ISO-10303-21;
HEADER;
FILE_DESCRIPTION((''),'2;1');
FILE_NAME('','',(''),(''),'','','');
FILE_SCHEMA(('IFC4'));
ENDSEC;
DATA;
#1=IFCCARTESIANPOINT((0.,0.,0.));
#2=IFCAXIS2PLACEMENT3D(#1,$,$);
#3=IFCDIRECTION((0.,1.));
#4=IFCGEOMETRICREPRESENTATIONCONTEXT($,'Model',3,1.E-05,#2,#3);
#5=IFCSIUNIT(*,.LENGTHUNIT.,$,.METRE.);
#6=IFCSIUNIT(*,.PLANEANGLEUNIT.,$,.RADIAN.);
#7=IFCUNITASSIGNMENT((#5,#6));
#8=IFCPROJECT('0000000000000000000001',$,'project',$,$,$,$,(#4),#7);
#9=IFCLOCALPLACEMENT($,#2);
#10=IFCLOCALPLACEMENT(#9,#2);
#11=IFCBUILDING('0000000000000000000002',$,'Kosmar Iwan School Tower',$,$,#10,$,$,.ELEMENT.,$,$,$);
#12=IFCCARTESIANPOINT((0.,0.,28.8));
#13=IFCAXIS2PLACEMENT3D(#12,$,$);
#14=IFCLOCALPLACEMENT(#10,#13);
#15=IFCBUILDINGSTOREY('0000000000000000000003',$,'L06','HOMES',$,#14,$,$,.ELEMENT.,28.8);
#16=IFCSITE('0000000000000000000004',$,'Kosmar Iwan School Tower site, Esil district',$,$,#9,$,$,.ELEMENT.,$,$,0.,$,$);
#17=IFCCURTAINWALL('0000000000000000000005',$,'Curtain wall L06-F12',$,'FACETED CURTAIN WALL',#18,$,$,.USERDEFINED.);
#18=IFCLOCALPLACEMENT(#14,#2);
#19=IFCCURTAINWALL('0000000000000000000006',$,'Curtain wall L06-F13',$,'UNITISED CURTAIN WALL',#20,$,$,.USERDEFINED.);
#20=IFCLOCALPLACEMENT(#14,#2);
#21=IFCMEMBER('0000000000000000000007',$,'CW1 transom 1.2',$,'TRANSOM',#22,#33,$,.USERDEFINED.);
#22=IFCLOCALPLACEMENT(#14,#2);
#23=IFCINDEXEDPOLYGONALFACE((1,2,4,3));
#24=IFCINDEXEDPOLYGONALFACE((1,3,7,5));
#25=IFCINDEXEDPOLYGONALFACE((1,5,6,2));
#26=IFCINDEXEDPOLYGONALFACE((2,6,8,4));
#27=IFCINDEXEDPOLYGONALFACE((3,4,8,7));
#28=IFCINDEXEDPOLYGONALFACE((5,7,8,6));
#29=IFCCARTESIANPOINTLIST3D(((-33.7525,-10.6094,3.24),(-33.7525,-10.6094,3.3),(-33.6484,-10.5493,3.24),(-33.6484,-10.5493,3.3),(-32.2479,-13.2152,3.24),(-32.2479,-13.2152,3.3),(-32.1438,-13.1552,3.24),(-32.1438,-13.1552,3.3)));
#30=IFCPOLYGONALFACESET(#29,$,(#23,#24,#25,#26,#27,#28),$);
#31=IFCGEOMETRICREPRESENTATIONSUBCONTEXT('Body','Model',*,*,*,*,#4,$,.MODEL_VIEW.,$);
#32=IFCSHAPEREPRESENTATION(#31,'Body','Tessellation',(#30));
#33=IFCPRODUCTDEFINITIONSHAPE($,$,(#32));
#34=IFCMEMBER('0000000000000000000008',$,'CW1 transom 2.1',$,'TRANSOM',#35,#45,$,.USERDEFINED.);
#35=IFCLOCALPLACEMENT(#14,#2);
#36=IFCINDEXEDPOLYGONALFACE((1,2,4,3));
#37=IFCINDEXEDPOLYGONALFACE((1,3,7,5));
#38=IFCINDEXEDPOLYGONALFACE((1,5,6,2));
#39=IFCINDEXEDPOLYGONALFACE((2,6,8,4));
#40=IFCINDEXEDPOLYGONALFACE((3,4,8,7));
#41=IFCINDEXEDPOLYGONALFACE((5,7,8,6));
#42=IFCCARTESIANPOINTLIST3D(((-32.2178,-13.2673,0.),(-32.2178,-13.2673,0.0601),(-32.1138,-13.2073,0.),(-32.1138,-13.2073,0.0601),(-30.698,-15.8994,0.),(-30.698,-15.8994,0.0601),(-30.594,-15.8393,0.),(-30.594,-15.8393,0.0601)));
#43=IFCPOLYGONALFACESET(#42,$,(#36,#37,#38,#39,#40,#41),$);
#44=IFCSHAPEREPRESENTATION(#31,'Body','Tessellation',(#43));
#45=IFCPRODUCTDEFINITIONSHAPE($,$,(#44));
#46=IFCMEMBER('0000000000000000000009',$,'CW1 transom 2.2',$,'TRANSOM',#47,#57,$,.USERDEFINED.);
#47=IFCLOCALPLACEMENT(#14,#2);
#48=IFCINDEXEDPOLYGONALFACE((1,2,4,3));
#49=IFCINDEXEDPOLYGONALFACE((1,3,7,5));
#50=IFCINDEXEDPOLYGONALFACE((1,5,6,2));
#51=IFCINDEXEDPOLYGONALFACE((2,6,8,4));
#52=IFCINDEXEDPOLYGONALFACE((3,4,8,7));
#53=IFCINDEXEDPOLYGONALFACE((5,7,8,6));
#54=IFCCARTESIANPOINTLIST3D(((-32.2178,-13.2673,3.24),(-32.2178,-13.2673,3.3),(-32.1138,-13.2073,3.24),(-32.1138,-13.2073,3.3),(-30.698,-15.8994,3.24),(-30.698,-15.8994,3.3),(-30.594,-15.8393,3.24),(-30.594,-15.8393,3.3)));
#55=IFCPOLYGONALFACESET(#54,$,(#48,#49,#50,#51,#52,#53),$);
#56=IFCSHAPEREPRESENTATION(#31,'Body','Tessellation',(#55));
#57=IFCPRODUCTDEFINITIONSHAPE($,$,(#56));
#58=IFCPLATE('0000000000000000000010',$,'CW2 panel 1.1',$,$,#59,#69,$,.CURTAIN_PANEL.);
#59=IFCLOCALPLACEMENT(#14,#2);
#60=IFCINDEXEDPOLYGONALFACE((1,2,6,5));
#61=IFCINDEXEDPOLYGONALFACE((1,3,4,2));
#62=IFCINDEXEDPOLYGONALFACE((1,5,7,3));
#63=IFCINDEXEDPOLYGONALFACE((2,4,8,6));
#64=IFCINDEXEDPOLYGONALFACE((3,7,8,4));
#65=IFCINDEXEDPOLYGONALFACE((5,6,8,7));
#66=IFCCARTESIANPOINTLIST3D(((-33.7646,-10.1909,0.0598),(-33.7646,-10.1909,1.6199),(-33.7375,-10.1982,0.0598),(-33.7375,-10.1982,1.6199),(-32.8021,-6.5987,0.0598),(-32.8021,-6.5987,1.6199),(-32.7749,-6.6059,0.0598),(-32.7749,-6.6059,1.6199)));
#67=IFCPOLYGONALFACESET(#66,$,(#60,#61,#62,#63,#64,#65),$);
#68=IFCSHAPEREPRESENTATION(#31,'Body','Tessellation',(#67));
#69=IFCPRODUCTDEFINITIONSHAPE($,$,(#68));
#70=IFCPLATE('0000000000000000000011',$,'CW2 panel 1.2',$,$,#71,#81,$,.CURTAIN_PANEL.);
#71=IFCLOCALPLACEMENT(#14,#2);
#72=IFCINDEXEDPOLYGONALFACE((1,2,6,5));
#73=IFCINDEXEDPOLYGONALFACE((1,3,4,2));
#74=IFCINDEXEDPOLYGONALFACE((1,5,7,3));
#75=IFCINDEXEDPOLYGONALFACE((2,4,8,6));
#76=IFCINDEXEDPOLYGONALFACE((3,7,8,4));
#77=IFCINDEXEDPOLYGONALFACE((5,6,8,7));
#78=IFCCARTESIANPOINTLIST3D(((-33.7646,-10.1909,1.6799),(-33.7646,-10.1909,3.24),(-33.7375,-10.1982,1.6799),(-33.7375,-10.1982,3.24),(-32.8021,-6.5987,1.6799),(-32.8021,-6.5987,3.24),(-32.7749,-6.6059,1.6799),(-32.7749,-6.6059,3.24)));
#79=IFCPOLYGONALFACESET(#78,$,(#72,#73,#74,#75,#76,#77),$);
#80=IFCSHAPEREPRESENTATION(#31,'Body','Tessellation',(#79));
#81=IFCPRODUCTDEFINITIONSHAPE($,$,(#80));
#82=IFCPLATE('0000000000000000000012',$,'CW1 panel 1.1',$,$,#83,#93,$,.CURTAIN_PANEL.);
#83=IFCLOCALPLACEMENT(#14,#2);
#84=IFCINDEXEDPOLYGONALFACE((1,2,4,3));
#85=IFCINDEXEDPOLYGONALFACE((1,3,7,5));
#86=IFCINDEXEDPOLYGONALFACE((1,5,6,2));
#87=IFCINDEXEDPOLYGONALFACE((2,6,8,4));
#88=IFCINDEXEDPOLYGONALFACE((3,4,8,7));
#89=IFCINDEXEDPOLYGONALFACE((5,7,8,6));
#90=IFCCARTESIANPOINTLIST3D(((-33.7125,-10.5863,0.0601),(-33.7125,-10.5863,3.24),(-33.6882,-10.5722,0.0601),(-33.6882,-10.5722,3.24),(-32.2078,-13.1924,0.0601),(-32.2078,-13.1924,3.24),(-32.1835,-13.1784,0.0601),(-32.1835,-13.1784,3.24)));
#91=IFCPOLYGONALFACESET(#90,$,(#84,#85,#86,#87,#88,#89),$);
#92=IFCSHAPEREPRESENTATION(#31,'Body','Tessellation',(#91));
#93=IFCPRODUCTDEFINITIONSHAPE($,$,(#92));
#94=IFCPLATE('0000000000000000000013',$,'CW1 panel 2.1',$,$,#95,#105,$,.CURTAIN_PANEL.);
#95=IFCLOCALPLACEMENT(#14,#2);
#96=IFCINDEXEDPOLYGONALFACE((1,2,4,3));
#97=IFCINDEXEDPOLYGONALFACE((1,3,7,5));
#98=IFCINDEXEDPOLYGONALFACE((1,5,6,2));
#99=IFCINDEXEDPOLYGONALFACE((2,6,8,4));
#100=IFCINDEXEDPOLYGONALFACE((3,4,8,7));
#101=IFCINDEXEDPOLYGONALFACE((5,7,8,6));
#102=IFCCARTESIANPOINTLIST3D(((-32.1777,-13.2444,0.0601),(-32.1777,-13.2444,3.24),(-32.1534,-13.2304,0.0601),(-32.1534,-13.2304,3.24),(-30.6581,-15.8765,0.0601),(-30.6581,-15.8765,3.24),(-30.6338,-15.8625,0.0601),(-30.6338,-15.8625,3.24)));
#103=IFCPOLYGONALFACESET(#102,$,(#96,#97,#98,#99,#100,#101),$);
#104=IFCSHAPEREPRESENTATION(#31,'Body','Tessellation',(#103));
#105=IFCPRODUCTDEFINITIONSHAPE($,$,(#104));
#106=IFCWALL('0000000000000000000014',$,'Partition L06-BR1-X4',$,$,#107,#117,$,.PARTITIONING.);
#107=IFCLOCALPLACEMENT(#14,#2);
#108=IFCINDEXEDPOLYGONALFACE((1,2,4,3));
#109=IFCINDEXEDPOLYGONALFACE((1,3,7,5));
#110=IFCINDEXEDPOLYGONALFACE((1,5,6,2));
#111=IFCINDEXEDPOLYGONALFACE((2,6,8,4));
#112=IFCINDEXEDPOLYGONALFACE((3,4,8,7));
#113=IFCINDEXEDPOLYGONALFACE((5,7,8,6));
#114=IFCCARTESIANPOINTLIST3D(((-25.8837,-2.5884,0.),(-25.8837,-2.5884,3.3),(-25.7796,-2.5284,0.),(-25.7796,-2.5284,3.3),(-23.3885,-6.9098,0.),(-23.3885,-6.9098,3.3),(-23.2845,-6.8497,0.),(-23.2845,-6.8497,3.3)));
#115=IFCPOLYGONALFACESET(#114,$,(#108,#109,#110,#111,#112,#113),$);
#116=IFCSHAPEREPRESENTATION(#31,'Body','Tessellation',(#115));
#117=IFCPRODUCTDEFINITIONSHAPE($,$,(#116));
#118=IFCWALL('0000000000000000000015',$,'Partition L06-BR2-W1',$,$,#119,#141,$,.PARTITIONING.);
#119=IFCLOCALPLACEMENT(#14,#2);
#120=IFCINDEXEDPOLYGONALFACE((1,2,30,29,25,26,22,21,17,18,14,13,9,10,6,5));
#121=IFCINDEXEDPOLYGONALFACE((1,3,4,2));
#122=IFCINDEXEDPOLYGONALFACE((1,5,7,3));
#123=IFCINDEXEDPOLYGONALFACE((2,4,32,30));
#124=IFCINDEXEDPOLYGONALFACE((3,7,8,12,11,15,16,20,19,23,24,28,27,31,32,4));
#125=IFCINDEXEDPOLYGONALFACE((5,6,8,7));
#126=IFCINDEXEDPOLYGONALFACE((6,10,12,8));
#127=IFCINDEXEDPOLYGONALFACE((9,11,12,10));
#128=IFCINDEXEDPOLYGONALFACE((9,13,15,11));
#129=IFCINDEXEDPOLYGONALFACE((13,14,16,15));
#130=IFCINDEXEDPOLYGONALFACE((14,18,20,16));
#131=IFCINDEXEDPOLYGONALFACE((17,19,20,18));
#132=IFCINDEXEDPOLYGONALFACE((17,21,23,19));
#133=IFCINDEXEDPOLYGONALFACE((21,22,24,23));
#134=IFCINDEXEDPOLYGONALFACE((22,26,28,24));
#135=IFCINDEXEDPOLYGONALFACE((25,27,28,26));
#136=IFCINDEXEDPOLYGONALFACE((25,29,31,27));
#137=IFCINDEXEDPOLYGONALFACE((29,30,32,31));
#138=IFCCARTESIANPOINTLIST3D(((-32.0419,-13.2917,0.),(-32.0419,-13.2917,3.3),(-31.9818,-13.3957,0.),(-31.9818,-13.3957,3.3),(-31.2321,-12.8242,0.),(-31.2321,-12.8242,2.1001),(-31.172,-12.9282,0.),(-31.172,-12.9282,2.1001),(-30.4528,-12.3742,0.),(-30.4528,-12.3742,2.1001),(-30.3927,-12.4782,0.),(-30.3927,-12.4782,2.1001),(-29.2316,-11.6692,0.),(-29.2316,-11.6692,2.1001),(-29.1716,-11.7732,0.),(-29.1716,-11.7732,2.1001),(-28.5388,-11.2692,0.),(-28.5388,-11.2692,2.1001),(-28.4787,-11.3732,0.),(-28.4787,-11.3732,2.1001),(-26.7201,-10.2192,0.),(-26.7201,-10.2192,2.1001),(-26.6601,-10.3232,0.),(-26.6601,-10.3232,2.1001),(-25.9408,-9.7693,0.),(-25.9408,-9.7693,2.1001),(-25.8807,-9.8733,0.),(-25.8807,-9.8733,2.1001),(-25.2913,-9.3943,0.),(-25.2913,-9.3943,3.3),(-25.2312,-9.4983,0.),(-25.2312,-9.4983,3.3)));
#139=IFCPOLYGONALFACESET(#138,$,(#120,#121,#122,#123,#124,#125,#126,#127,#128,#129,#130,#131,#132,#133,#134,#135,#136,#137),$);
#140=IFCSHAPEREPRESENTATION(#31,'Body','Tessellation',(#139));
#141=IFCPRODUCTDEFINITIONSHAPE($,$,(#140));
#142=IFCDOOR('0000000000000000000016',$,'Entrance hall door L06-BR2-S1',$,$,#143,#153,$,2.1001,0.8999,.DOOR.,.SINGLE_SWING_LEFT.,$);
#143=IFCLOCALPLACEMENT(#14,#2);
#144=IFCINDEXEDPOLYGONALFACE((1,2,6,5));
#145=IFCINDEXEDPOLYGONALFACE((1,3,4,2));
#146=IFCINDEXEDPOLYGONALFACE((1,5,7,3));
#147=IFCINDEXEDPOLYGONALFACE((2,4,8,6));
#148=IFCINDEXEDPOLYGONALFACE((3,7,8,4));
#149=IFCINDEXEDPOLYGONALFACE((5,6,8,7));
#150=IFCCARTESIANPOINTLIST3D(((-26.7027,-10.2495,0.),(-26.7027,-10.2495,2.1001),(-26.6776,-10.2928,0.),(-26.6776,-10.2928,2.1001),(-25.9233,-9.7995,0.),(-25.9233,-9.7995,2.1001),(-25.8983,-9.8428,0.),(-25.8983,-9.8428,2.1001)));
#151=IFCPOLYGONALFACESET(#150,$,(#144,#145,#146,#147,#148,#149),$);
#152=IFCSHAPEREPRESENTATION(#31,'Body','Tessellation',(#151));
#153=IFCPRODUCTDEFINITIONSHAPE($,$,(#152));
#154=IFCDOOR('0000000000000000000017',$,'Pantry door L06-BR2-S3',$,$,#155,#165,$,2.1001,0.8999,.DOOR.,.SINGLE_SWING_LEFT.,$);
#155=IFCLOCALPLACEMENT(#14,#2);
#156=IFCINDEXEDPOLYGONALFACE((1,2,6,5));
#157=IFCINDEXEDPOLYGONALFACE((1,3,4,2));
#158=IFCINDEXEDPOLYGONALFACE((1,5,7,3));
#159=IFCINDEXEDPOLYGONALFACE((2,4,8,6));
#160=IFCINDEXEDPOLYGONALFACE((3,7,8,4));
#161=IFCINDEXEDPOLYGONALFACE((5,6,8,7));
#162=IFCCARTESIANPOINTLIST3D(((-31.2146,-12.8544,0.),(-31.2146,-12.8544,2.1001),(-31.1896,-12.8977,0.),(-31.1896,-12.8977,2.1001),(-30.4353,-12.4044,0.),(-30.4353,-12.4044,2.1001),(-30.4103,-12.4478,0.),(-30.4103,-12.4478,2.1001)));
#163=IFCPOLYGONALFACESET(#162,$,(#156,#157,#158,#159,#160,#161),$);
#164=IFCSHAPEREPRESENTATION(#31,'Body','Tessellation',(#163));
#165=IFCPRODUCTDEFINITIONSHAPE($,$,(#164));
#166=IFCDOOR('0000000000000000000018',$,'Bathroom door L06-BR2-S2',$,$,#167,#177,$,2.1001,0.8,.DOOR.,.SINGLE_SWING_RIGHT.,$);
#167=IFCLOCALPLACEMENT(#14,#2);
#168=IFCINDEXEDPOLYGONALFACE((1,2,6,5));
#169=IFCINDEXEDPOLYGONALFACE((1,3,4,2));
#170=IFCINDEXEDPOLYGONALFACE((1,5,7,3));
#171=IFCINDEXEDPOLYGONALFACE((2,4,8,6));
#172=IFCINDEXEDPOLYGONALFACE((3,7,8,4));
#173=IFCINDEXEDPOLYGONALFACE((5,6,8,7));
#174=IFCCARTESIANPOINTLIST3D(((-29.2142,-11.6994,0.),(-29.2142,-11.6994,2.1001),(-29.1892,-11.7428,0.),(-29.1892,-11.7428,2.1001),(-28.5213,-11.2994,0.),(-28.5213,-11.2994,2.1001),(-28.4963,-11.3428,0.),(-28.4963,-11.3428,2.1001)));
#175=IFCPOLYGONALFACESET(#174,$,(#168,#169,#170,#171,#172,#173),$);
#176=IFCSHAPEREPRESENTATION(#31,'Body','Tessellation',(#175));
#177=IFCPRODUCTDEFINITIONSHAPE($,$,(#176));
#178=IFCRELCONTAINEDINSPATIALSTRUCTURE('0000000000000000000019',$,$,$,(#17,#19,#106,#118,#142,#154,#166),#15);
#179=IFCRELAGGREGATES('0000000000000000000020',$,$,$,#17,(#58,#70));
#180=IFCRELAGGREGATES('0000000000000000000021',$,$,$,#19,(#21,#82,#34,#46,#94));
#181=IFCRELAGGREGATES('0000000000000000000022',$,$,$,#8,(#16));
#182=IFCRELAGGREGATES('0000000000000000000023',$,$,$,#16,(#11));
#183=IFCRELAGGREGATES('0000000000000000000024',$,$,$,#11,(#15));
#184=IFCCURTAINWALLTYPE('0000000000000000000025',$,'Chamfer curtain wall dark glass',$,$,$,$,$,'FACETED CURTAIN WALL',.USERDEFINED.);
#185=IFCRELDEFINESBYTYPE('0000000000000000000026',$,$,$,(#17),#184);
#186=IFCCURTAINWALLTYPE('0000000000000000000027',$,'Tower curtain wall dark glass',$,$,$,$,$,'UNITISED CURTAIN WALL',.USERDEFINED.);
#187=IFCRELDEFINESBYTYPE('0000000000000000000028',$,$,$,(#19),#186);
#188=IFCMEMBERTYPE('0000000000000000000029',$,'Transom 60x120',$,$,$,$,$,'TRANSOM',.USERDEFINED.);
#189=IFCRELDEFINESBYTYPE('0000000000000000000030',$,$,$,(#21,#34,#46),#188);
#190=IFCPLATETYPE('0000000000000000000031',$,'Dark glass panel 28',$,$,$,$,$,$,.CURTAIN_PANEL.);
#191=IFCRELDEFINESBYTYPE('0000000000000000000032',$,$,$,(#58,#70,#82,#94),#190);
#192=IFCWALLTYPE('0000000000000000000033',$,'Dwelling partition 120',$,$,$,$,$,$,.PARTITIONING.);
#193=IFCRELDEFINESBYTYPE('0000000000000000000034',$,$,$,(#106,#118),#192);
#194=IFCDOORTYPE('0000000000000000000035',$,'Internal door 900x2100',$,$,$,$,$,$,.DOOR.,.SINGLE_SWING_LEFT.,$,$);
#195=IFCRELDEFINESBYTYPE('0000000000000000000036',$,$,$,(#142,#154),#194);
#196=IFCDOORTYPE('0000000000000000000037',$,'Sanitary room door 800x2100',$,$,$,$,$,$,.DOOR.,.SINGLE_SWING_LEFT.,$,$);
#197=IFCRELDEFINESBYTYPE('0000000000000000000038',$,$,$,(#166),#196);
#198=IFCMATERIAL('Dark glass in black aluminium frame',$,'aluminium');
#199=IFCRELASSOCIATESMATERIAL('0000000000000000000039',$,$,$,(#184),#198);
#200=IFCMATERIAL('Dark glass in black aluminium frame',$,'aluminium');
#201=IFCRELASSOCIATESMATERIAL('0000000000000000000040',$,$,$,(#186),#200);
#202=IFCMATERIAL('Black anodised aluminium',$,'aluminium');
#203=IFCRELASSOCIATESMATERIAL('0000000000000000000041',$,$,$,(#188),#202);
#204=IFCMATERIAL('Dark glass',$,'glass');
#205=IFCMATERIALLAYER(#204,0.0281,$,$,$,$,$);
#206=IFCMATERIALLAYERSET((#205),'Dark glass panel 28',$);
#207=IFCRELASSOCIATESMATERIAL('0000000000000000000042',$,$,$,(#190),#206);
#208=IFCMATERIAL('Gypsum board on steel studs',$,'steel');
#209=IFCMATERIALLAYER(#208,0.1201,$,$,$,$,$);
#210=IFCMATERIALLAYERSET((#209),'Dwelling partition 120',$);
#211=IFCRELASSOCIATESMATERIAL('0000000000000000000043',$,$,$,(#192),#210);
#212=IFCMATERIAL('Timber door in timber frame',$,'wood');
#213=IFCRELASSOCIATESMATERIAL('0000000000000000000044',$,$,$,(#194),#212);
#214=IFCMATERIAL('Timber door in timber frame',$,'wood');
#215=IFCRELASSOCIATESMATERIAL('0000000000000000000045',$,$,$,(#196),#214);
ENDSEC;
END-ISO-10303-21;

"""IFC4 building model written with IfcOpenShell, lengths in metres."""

from ifc_helpers import new_model, si_unit, direction, frame, frame_2d, origin, origin_2d, place, context, subcontext, project, spatial, rectangle, extrude, material, layer, layer_set, material_profile, profile_set, type_object, element, fill, aggregate, save


model = new_model("IFC4")

# Units and contexts
model_context = context("Model", 3, precision=1e-05, world=origin(), true_north=direction((0.0, 1.0)))
body_context = subcontext(model_context, "Body", "Model", "MODEL_VIEW")
ifc_project = project(units=[si_unit("LENGTHUNIT", "METRE"), si_unit("PLANEANGLEUNIT", "RADIAN")], contexts=[model_context])

# Site, building, storey
site_placement = place(None, origin())
site = spatial("IfcSite", under=ifc_project, at=site_placement, Name="Kosmar Iwan School Tower site, Esil district", CompositionType="ELEMENT", RefElevation=0.0)
building_placement = place(site_placement, origin())
building = spatial("IfcBuilding", under=site, at=building_placement, Name="Kosmar Iwan School Tower", CompositionType="ELEMENT")
storey_placement = place(building_placement, frame((0.0, 0.0, 28.8)))
storey = spatial("IfcBuildingStorey", under=building, at=storey_placement, Name="L06", Description="HOMES", CompositionType="ELEMENT", Elevation=28.8)

# Curtain walls
ifc_material_1 = material(Name="Dark glass in black aluminium frame", Category="aluminium")
curtain_wall_type_1 = type_object("IfcCurtainWallType", Name="Chamfer curtain wall dark glass", ElementType="FACETED CURTAIN WALL", PredefinedType="USERDEFINED", material=ifc_material_1)
curtain_wall_1_placement = place(storey_placement, origin())
curtain_wall_1 = element("IfcCurtainWall", 1, at=curtain_wall_1_placement, inside=storey, type_object=curtain_wall_type_1, Name="Curtain wall L06-F12", ObjectType="FACETED CURTAIN WALL", PredefinedType="USERDEFINED")
ifc_material_2 = material(Name="Dark glass in black aluminium frame", Category="aluminium")
curtain_wall_type_2 = type_object("IfcCurtainWallType", Name="Tower curtain wall dark glass", ElementType="UNITISED CURTAIN WALL", PredefinedType="USERDEFINED", material=ifc_material_2)
curtain_wall_2_placement = place(storey_placement, origin())
curtain_wall_2 = element("IfcCurtainWall", 2, at=curtain_wall_2_placement, inside=storey, type_object=curtain_wall_type_2, Name="Curtain wall L06-F13", ObjectType="UNITISED CURTAIN WALL", PredefinedType="USERDEFINED")

# Members
ifc_material_3 = material(Name="Black anodised aluminium", Category="aluminium")
ifc_material_profile_1 = material_profile(ifc_material_3, rectangle(XDim=0.1201, YDim=0.0601, at=origin_2d()), Name="TRANSOM 60x120")
ifc_profile_set_1 = profile_set([ifc_material_profile_1], Name="Black anodised aluminium")
member_type_1 = type_object("IfcMemberType", Name="Transom 60x120", ElementType="TRANSOM", PredefinedType="USERDEFINED", material=ifc_profile_set_1)
member_1_placement = place(storey_placement, frame((-33.7004, -10.5793, 3.27), z_axis=(0.500022, -0.866013, 0.0), x_axis=(0.866013, 0.500022, 0.0)))
member_1 = element("IfcMember", 3, at=member_1_placement, type_object=member_type_1, Name="CW1 transom 1.2", ObjectType="TRANSOM", PredefinedType="USERDEFINED", context=body_context, shape_type="SweptSolid", body=[
    extrude(rectangle(XDim=0.1201, YDim=0.0601, at=origin_2d()), origin(), (0.0, 0.0, 1.0), 3.009),
])
member_2_placement = place(storey_placement, frame((-32.1658, -13.2373, 0.03), z_axis=(0.500035, -0.866005, 0.0), x_axis=(0.866005, 0.500035, 0.0)))
member_2 = element("IfcMember", 4, at=member_2_placement, type_object=member_type_1, Name="CW1 transom 2.1", ObjectType="TRANSOM", PredefinedType="USERDEFINED", context=body_context, shape_type="SweptSolid", body=[
    extrude(rectangle(XDim=0.1201, YDim=0.0601, at=origin_2d()), origin(), (0.0, 0.0, 1.0), 3.0393),
])
member_3_placement = place(storey_placement, frame((-32.1658, -13.2373, 3.27), z_axis=(0.500035, -0.866005, 0.0), x_axis=(0.866005, 0.500035, 0.0)))
member_3 = element("IfcMember", 5, at=member_3_placement, type_object=member_type_1, Name="CW1 transom 2.2", ObjectType="TRANSOM", PredefinedType="USERDEFINED", context=body_context, shape_type="SweptSolid", body=[
    extrude(rectangle(XDim=0.1201, YDim=0.0601, at=origin_2d()), origin(), (0.0, 0.0, 1.0), 3.0393),
])

# Plates
ifc_material_4 = material(Name="Dark glass", Category="glass")
ifc_layer_1 = layer(ifc_material_4, 0.0281)
ifc_layer_set_1 = layer_set([ifc_layer_1], Name="Dark glass panel 28")
plate_type = type_object("IfcPlateType", Name="Dark glass panel 28", PredefinedType="CURTAIN_PANEL", material=ifc_layer_set_1)
plate_1_placement = place(storey_placement, frame((-33.2698, -8.3984, 0.0598), z_axis=(0.0, 0.0, 1.0), x_axis=(-0.258819, -0.965926, 0.0)))
plate_1 = element("IfcPlate", 6, at=plate_1_placement, type_object=plate_type, Name="CW2 panel 1.1", PredefinedType="CURTAIN_PANEL", context=body_context, shape_type="SweptSolid", body=[
    extrude(rectangle(XDim=3.719, YDim=0.0281, at=origin_2d()), origin(), (0.0, 0.0, 1.0), 1.5601),
])
plate_2_placement = place(storey_placement, frame((-33.2698, -8.3984, 1.6799), z_axis=(0.0, 0.0, 1.0), x_axis=(-0.258819, -0.965926, 0.0)))
plate_2 = element("IfcPlate", 7, at=plate_2_placement, type_object=plate_type, Name="CW2 panel 1.2", PredefinedType="CURTAIN_PANEL", context=body_context, shape_type="SweptSolid", body=[
    extrude(rectangle(XDim=3.719, YDim=0.0281, at=origin_2d()), origin(), (0.0, 0.0, 1.0), 1.5601),
])
aggregate(curtain_wall_1, [plate_1, plate_2])
plate_3_placement = place(storey_placement, frame((-32.948, -11.8823, 0.0601), z_axis=(0.0, 0.0, 1.0), x_axis=(0.5, -0.866025, 0.0)))
plate_3 = element("IfcPlate", 8, at=plate_3_placement, type_object=plate_type, Name="CW1 panel 1.1", PredefinedType="CURTAIN_PANEL", context=body_context, shape_type="SweptSolid", body=[
    extrude(rectangle(XDim=3.0093, YDim=0.0281, at=origin_2d()), origin(), (0.0, 0.0, 1.0), 3.1799),
])
plate_4_placement = place(storey_placement, frame((-31.4058, -14.5535, 0.0601), z_axis=(0.0, 0.0, 1.0), x_axis=(0.5, -0.866025, 0.0)))
plate_4 = element("IfcPlate", 9, at=plate_4_placement, type_object=plate_type, Name="CW1 panel 2.1", PredefinedType="CURTAIN_PANEL", context=body_context, shape_type="SweptSolid", body=[
    extrude(rectangle(XDim=3.0393, YDim=0.0281, at=origin_2d()), origin(), (0.0, 0.0, 1.0), 3.1799),
])
aggregate(curtain_wall_2, [member_1, plate_3, member_2, member_3, plate_4])

# Wall
ifc_material_5 = material(Name="Gypsum board on steel studs", Category="steel")
ifc_layer_2 = layer(ifc_material_5, 0.1201)
ifc_layer_set_2 = layer_set([ifc_layer_2], Name="Dwelling partition 120")
wall_type_1 = type_object("IfcWallType", Name="Dwelling partition 120", PredefinedType="PARTITIONING", material=ifc_layer_set_2)
wall_1_placement = place(storey_placement, frame((-23.3364, -6.8799, 0.0), z_axis=(0.0, 0.0, 1.0), x_axis=(-0.500033, 0.866006, 0.0)))
element("IfcWall", 10, at=wall_1_placement, inside=storey, type_object=wall_type_1, Name="Partition L06-BR1-X4", PredefinedType="PARTITIONING", context=body_context, shape_type="SweptSolid", body=[
    extrude(rectangle(XDim=4.99, YDim=0.1201, at=frame_2d((2.4951, 0.0))), origin(), (0.0, 0.0, 1.0), 3.3),
])

# Wall, openings, doors
wall_2_placement = place(storey_placement, frame((-25.2612, -9.4463, 0.0), z_axis=(0.0, 0.0, 1.0), x_axis=(-0.86603, -0.499993, 0.0)))
wall_2 = element("IfcWall", 11, at=wall_2_placement, inside=storey, type_object=wall_type_1, Name="Partition L06-BR2-W1", PredefinedType="PARTITIONING", context=body_context, shape_type="SweptSolid", body=[
    extrude(rectangle(XDim=7.7949, YDim=0.1201, at=frame_2d((3.8975, 0.0))), origin(), (0.0, 0.0, 1.0), 3.3),
])
opening_1_placement = place(wall_2_placement, frame((0.75, 0.0, 0.0)))
opening_1 = element("IfcOpeningElement", 12, at=opening_1_placement, cuts=wall_2, PredefinedType="OPENING", context=body_context, shape_type="SweptSolid", body=[
    extrude(rectangle(XDim=0.8999, YDim=2.1001, at=frame_2d((0.45, 1.05))), frame((0.0, 0.072, 0.0), z_axis=(0.0, -1.0, 0.0), x_axis=(1.0, 0.0, 0.0)), (0.0, 0.0, 1.0), 0.144),
])
opening_2_placement = place(wall_2_placement, frame((3.75, 0.0, 0.0)))
opening_2 = element("IfcOpeningElement", 13, at=opening_2_placement, cuts=wall_2, PredefinedType="OPENING", context=body_context, shape_type="SweptSolid", body=[
    extrude(rectangle(XDim=0.8, YDim=2.1001, at=frame_2d((0.3999, 1.05))), frame((0.0, 0.072, 0.0), z_axis=(0.0, -1.0, 0.0), x_axis=(1.0, 0.0, 0.0)), (0.0, 0.0, 1.0), 0.144),
])
opening_3_placement = place(wall_2_placement, frame((5.96, 0.0, 0.0)))
opening_3 = element("IfcOpeningElement", 14, at=opening_3_placement, cuts=wall_2, PredefinedType="OPENING", context=body_context, shape_type="SweptSolid", body=[
    extrude(rectangle(XDim=0.8999, YDim=2.1001, at=frame_2d((0.45, 1.05))), frame((0.0, 0.072, 0.0), z_axis=(0.0, -1.0, 0.0), x_axis=(1.0, 0.0, 0.0)), (0.0, 0.0, 1.0), 0.144),
])
ifc_material_6 = material(Name="Timber door in timber frame", Category="wood")
door_type_1 = type_object("IfcDoorType", Name="Internal door 900x2100", OperationType="SINGLE_SWING_LEFT", PredefinedType="DOOR", material=ifc_material_6)
door_1_placement = place(opening_1_placement, origin())
door_1 = element("IfcDoor", 15, at=door_1_placement, inside=storey, type_object=door_type_1, Name="Entrance hall door L06-BR2-S1", OperationType="SINGLE_SWING_LEFT", OverallHeight=2.1001, OverallWidth=0.8999, PredefinedType="DOOR", context=body_context, shape_type="SweptSolid", body=[
    extrude(rectangle(XDim=0.8999, YDim=2.1001, at=frame_2d((0.45, 1.05))), frame((0.0, 0.0249, 0.0), z_axis=(0.0, -1.0, 0.0), x_axis=(1.0, 0.0, 0.0)), (0.0, 0.0, 1.0), 0.05),
])
fill(opening_1, door_1)
door_2_placement = place(opening_3_placement, origin())
door_2 = element("IfcDoor", 16, at=door_2_placement, inside=storey, type_object=door_type_1, Name="Pantry door L06-BR2-S3", OperationType="SINGLE_SWING_LEFT", OverallHeight=2.1001, OverallWidth=0.8999, PredefinedType="DOOR", context=body_context, shape_type="SweptSolid", body=[
    extrude(rectangle(XDim=0.8999, YDim=2.1001, at=frame_2d((0.45, 1.05))), frame((0.0, 0.0249, 0.0), z_axis=(0.0, -1.0, 0.0), x_axis=(1.0, 0.0, 0.0)), (0.0, 0.0, 1.0), 0.05),
])
fill(opening_3, door_2)
ifc_material_7 = material(Name="Timber door in timber frame", Category="wood")
door_type_2 = type_object("IfcDoorType", Name="Sanitary room door 800x2100", OperationType="SINGLE_SWING_LEFT", PredefinedType="DOOR", material=ifc_material_7)
door_3_placement = place(opening_2_placement, origin())
door_3 = element("IfcDoor", 17, at=door_3_placement, inside=storey, type_object=door_type_2, Name="Bathroom door L06-BR2-S2", OperationType="SINGLE_SWING_RIGHT", OverallHeight=2.1001, OverallWidth=0.8, PredefinedType="DOOR", context=body_context, shape_type="SweptSolid", body=[
    extrude(rectangle(XDim=0.8, YDim=2.1001, at=frame_2d((0.3999, 1.05))), frame((0.0, 0.0249, 0.0), z_axis=(0.0, -1.0, 0.0), x_axis=(1.0, 0.0, 0.0)), (0.0, 0.0, 1.0), 0.05),
])
fill(opening_2, door_3)

save(model, "model.ifc")
